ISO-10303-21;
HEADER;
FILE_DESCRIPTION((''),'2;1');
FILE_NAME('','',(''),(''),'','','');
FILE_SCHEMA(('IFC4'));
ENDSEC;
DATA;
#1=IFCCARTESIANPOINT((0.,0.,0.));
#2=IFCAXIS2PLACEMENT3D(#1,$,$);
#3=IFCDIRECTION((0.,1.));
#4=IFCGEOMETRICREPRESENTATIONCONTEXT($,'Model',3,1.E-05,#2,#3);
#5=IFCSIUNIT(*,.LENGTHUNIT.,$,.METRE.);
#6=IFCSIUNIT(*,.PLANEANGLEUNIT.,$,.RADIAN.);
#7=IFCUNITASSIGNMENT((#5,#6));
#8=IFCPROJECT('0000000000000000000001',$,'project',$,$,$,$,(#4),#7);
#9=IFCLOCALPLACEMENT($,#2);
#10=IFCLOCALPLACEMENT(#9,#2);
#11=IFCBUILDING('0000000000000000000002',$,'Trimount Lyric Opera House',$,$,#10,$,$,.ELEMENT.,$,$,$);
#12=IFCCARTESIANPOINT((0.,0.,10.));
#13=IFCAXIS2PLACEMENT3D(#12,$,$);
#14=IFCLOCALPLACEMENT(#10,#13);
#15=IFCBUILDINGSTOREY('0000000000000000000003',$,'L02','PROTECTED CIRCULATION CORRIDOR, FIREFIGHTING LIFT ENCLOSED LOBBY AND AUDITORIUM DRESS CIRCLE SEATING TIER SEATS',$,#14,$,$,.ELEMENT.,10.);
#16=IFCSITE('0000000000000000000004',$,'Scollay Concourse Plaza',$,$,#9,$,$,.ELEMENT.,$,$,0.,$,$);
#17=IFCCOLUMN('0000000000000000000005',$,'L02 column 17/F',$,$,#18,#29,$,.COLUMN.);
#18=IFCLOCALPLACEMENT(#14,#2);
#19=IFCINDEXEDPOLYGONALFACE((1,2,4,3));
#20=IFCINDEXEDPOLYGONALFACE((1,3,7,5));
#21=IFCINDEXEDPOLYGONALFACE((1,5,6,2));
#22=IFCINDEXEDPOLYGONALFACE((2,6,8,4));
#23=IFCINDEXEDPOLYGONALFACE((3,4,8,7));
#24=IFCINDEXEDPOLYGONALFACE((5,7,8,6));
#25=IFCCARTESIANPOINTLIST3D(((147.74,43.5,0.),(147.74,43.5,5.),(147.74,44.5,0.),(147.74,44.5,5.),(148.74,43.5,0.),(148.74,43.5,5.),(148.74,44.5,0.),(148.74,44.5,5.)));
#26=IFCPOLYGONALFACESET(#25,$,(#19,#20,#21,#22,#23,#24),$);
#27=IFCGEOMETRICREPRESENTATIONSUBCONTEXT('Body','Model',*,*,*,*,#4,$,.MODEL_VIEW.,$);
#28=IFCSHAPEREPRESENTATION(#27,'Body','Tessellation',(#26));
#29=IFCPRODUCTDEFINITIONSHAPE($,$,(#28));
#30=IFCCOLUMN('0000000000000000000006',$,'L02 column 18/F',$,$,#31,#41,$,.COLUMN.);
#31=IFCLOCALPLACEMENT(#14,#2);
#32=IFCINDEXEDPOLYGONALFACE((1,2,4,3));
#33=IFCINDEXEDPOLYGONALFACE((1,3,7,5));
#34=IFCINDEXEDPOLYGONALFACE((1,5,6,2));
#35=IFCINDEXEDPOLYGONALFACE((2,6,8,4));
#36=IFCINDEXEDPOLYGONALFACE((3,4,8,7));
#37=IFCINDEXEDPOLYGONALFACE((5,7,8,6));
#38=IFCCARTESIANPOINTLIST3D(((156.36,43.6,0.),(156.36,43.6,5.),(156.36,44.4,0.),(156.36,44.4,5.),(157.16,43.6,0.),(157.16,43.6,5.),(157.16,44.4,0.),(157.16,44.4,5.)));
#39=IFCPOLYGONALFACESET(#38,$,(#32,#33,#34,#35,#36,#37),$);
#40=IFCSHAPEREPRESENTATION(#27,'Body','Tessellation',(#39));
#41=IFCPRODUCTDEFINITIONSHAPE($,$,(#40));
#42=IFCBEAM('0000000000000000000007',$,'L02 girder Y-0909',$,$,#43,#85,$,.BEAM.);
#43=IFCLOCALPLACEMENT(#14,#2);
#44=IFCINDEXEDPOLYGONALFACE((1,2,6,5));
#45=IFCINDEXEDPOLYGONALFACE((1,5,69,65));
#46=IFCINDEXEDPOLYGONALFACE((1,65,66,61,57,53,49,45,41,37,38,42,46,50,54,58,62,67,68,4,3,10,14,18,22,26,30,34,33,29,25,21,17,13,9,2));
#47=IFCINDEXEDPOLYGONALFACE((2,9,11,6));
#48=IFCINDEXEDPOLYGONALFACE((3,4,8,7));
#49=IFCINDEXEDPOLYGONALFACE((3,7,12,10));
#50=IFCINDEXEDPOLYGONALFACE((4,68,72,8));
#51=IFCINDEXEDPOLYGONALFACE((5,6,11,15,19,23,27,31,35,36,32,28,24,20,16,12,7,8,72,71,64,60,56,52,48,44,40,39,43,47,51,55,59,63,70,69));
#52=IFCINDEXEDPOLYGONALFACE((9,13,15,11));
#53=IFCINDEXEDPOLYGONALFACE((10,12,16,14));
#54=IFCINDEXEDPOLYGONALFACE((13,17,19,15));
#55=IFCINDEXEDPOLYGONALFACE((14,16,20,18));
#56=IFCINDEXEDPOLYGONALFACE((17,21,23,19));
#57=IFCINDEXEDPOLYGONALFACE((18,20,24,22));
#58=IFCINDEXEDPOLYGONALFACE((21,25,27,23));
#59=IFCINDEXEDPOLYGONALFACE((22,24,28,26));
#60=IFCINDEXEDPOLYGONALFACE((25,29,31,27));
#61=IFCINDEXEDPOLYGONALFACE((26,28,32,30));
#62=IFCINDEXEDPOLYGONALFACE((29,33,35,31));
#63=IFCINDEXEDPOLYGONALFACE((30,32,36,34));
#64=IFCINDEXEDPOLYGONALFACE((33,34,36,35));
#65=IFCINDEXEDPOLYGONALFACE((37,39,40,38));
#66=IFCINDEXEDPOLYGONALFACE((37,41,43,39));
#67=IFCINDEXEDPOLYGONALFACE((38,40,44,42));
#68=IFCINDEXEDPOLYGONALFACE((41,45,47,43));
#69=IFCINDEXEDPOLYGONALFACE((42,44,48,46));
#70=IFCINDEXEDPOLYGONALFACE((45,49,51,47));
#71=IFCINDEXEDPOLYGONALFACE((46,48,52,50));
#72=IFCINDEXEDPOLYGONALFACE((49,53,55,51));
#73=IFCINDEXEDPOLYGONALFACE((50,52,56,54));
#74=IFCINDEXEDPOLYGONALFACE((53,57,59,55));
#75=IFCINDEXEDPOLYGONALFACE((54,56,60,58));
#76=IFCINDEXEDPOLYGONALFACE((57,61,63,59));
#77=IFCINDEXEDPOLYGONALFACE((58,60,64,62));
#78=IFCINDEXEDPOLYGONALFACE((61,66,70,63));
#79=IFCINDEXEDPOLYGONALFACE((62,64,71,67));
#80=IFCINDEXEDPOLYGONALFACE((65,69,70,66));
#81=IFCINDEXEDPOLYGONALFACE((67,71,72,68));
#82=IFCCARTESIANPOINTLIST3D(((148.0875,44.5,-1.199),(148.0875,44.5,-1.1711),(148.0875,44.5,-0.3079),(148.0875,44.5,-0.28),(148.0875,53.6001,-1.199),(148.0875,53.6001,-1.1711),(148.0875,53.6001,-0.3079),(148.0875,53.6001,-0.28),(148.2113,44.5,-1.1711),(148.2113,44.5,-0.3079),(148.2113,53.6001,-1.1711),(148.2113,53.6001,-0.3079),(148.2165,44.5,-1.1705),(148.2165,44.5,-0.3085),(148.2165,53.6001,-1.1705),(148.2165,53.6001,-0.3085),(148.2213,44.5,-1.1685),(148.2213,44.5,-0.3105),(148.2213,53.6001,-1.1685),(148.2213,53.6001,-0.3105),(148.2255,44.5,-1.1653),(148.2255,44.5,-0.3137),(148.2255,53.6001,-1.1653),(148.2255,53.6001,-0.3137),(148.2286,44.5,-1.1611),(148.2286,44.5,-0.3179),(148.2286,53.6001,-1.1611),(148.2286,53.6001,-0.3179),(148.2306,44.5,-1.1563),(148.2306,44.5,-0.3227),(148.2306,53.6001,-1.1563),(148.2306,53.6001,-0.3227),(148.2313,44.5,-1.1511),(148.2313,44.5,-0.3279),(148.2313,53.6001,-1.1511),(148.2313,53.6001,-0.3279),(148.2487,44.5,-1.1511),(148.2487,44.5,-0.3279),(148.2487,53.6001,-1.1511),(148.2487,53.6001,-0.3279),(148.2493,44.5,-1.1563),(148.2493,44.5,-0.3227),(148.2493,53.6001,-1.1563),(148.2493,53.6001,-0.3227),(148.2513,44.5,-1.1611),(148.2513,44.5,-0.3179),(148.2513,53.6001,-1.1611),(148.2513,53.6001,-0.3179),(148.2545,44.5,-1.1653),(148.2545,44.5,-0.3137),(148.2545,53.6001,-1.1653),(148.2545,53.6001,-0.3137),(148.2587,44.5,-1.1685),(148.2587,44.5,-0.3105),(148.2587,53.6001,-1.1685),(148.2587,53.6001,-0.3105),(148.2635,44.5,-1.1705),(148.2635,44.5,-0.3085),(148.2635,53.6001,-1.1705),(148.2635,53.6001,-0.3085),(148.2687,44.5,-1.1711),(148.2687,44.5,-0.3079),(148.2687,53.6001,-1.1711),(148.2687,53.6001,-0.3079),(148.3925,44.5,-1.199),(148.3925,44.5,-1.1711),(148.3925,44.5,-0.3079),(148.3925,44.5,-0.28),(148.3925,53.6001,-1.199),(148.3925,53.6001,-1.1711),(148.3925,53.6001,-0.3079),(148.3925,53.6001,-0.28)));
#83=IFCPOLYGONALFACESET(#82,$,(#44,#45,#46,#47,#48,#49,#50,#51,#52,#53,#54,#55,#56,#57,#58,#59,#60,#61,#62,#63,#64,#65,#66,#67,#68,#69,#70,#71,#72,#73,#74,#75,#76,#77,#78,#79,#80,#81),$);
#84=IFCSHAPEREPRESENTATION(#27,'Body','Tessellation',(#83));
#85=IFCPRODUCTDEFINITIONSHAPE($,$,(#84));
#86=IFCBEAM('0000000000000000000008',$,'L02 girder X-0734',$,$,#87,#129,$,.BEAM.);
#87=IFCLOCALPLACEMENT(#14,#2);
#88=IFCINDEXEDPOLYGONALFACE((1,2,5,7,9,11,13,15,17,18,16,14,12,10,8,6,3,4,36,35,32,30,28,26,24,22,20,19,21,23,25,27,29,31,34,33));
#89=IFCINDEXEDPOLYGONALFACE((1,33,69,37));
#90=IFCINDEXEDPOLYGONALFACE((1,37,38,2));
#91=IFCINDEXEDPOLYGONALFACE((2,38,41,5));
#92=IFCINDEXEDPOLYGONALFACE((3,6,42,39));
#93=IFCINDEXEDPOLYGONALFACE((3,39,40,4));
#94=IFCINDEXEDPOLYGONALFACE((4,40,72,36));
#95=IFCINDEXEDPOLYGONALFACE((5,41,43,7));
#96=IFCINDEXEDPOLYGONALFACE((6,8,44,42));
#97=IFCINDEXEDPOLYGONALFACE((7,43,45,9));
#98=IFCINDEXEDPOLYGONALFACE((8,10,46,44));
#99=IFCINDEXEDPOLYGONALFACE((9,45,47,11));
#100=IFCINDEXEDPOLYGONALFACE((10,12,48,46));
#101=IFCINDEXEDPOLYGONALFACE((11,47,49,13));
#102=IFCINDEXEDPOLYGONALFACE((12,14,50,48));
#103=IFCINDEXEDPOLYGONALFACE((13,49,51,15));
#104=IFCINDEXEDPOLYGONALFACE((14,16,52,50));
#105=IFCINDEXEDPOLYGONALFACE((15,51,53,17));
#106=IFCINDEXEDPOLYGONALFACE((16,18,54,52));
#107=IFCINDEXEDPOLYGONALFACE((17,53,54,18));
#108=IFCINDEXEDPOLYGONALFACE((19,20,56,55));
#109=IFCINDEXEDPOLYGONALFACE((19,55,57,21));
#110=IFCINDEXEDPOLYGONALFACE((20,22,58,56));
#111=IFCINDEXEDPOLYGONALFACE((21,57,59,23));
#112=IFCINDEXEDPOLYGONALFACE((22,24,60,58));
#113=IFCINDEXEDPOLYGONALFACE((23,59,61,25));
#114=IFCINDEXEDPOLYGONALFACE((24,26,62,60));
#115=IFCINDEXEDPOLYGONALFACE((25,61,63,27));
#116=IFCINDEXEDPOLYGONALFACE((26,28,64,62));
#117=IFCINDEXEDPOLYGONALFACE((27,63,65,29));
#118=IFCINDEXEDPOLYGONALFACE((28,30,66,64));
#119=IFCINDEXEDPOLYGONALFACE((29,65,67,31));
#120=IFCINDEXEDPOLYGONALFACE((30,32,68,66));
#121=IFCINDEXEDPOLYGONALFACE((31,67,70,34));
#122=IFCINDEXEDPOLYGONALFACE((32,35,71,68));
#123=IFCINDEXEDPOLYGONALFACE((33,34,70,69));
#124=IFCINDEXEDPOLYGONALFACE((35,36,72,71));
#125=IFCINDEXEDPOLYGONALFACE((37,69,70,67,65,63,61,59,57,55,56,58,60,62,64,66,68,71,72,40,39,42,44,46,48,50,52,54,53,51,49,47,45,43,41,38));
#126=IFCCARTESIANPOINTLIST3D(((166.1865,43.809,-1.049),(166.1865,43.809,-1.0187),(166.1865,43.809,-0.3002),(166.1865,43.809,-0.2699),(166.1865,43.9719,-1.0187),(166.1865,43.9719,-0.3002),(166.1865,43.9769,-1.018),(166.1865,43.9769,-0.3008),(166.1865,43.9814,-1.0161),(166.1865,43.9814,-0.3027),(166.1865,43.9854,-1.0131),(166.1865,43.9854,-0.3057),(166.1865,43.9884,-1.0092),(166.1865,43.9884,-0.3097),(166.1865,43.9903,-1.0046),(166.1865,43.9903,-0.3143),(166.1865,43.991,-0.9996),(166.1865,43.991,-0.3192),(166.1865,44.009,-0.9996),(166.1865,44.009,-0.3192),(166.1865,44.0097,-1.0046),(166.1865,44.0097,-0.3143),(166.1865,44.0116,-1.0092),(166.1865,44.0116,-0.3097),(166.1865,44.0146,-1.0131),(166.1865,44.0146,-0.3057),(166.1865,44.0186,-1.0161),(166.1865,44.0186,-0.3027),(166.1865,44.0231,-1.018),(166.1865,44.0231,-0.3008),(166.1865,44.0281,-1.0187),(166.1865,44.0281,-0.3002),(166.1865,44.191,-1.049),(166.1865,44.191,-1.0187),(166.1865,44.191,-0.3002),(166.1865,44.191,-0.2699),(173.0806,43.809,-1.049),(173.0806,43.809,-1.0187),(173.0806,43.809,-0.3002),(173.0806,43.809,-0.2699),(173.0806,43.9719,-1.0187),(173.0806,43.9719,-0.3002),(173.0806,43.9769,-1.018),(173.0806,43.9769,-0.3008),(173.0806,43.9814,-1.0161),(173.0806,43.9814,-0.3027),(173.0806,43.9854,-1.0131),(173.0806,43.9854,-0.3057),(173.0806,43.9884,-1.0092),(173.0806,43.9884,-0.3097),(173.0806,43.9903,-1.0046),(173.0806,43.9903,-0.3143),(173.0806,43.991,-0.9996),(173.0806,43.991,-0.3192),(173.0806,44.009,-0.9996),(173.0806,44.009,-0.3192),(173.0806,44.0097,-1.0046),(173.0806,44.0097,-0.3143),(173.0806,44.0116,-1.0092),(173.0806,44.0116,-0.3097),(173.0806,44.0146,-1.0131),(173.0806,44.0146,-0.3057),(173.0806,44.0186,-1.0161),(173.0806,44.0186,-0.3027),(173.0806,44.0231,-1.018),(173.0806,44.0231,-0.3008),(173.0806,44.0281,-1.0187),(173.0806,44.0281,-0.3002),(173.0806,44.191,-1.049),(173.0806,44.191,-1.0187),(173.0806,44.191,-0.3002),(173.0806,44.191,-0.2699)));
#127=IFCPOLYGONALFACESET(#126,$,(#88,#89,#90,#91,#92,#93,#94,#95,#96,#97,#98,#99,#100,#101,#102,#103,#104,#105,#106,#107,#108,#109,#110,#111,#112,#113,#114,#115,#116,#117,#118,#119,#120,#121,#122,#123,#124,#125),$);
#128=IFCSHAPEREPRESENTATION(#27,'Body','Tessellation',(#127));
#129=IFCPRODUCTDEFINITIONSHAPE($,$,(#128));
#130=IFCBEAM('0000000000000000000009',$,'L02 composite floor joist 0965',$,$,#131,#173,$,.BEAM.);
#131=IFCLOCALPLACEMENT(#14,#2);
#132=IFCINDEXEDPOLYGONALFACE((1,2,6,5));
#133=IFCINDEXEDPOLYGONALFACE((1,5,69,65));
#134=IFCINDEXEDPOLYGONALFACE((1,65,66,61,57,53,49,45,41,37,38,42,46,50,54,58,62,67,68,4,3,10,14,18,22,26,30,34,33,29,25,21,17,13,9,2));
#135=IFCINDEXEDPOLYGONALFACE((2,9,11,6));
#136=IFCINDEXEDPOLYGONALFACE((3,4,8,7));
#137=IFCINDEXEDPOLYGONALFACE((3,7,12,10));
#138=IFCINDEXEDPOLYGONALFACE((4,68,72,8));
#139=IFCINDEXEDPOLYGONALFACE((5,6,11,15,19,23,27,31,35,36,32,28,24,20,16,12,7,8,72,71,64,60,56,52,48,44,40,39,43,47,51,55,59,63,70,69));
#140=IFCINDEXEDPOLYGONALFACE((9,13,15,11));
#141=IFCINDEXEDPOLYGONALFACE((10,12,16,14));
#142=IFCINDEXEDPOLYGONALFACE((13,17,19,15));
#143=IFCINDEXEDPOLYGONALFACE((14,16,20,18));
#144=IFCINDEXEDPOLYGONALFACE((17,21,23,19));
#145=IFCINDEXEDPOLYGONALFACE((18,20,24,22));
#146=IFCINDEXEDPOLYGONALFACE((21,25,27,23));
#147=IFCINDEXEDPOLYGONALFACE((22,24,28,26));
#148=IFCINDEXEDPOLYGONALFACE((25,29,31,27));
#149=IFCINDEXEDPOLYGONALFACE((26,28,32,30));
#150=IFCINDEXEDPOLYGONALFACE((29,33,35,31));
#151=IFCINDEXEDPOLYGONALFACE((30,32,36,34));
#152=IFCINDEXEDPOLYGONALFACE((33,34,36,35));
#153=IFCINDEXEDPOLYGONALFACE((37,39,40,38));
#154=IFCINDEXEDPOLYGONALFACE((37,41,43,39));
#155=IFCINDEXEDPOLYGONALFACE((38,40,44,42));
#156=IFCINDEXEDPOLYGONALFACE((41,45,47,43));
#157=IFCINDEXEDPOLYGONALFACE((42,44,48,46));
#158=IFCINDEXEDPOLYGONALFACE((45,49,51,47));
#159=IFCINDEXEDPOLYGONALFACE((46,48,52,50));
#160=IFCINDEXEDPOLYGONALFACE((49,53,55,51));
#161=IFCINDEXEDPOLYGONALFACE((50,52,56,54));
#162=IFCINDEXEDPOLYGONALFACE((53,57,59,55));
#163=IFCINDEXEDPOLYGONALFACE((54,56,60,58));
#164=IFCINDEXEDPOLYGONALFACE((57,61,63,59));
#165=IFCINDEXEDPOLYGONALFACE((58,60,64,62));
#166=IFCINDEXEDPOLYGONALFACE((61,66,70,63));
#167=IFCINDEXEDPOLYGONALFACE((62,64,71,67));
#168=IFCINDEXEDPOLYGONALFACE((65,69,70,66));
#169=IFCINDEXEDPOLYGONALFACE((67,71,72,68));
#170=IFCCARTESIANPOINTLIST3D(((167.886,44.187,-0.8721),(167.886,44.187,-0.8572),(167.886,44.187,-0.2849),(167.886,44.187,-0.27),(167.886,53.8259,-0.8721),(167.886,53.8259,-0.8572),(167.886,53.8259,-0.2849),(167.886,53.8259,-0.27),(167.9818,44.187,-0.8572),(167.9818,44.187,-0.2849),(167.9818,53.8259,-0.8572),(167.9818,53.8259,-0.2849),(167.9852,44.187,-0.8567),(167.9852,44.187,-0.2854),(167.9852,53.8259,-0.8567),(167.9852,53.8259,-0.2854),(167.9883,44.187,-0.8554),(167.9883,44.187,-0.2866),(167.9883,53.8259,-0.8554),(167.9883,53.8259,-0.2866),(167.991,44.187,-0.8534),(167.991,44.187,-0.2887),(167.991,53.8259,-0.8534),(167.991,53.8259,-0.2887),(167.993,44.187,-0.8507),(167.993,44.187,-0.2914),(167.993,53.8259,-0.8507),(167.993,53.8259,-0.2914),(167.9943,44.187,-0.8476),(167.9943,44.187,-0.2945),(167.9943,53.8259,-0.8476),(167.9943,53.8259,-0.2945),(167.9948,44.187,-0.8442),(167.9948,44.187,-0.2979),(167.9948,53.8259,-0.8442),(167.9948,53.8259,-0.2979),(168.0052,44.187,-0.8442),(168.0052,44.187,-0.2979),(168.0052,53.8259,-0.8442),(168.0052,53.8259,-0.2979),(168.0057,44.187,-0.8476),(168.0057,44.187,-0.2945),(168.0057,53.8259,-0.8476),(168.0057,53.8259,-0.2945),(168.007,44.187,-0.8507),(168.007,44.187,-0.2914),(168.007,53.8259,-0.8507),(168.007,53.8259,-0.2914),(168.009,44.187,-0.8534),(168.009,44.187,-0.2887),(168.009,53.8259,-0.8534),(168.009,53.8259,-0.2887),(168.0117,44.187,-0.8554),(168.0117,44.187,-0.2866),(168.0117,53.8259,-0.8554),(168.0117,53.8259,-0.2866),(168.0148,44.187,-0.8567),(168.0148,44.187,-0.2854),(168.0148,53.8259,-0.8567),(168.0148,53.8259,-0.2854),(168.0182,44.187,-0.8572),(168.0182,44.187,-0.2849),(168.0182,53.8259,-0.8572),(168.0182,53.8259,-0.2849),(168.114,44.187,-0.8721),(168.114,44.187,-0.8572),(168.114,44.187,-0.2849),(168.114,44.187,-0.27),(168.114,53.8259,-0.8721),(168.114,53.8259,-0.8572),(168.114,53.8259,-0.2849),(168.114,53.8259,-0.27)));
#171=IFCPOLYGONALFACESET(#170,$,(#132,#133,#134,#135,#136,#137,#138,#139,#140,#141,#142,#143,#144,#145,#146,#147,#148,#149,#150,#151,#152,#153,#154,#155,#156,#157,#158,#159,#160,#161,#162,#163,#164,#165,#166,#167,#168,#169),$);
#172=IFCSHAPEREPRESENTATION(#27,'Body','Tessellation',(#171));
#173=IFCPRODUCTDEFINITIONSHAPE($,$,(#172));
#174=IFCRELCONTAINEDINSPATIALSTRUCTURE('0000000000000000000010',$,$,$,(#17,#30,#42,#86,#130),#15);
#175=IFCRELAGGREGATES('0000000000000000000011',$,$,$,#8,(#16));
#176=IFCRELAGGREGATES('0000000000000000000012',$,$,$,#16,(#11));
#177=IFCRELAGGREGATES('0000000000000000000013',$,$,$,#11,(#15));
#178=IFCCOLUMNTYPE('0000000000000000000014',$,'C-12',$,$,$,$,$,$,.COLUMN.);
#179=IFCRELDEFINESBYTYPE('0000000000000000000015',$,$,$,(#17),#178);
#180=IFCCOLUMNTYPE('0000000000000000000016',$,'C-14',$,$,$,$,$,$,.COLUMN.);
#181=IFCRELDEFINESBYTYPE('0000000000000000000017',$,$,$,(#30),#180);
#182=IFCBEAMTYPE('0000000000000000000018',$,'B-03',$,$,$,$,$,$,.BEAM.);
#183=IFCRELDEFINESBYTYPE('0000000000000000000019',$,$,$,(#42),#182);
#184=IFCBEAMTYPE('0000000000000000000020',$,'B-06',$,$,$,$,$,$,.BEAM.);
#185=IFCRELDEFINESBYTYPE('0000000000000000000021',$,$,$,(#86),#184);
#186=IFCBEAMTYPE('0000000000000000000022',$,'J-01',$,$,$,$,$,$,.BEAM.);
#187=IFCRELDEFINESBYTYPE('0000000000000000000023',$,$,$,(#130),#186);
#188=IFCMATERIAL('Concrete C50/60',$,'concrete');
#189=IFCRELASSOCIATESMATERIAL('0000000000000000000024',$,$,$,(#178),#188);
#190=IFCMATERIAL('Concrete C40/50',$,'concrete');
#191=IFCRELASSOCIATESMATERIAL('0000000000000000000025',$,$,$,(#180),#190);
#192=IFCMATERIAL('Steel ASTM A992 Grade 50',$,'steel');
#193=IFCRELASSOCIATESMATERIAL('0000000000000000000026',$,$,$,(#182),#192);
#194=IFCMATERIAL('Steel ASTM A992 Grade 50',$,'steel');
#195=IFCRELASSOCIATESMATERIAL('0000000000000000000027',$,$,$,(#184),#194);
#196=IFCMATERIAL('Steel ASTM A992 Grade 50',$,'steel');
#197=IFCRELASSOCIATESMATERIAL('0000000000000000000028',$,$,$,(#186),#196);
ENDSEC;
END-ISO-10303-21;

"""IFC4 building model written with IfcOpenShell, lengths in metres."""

from ifc_helpers import new_model, si_unit, direction, frame, origin, origin_2d, place, context, subcontext, project, spatial, rectangle, i_section, extrude, material, material_profile, profile_set, type_object, element, save


model = new_model("IFC4")

# Units and contexts
model_context = context("Model", 3, precision=1e-05, world=origin(), true_north=direction((0.0, 1.0)))
body_context = subcontext(model_context, "Body", "Model", "MODEL_VIEW")
ifc_project = project(units=[si_unit("LENGTHUNIT", "METRE"), si_unit("PLANEANGLEUNIT", "RADIAN")], contexts=[model_context])

# Site, building, storey
site_placement = place(None, origin())
site = spatial("IfcSite", under=ifc_project, at=site_placement, Name="Scollay Concourse Plaza", CompositionType="ELEMENT", RefElevation=0.0)
building_placement = place(site_placement, origin())
building = spatial("IfcBuilding", under=site, at=building_placement, Name="Trimount Lyric Opera House", CompositionType="ELEMENT")
storey_placement = place(building_placement, frame((0.0, 0.0, 10.0)))
storey = spatial("IfcBuildingStorey", under=building, at=storey_placement, Name="L02", Description="PROTECTED CIRCULATION CORRIDOR, FIREFIGHTING LIFT ENCLOSED LOBBY AND AUDITORIUM DRESS CIRCLE SEATING TIER SEATS", CompositionType="ELEMENT", Elevation=10.0)

# Columns
ifc_material_1 = material(Name="Concrete C50/60", Category="concrete")
ifc_material_profile_1 = material_profile(ifc_material_1, rectangle(XDim=1.0, YDim=1.0, at=origin_2d()), Name="RC1000X1000")
ifc_profile_set_1 = profile_set([ifc_material_profile_1], Name="Concrete C50/60")
column_type_1 = type_object("IfcColumnType", Name="C-12", PredefinedType="COLUMN", material=ifc_profile_set_1)
column_1_placement = place(storey_placement, frame((148.24, 44.0, 0.0), z_axis=(0.0, 0.0, 1.0), x_axis=(1.0, 0.0, 0.0)))
element("IfcColumn", 1, at=column_1_placement, inside=storey, type_object=column_type_1, Name="L02 column 17/F", PredefinedType="COLUMN", context=body_context, shape_type="SweptSolid", body=[
    extrude(rectangle(XDim=1.0, YDim=1.0, at=origin_2d()), origin(), (0.0, 0.0, 1.0), 5.0),
])
ifc_material_2 = material(Name="Concrete C40/50", Category="concrete")
ifc_material_profile_2 = material_profile(ifc_material_2, rectangle(XDim=0.8, YDim=0.8, at=origin_2d()), Name="RC800X800")
ifc_profile_set_2 = profile_set([ifc_material_profile_2], Name="Concrete C40/50")
column_type_2 = type_object("IfcColumnType", Name="C-14", PredefinedType="COLUMN", material=ifc_profile_set_2)
column_2_placement = place(storey_placement, frame((156.76, 44.0, 0.0), z_axis=(0.0, 0.0, 1.0), x_axis=(1.0, 0.0, 0.0)))
element("IfcColumn", 2, at=column_2_placement, inside=storey, type_object=column_type_2, Name="L02 column 18/F", PredefinedType="COLUMN", context=body_context, shape_type="SweptSolid", body=[
    extrude(rectangle(XDim=0.8, YDim=0.8, at=origin_2d()), origin(), (0.0, 0.0, 1.0), 5.0),
])

# Beams
ifc_material_3 = material(Name="Steel ASTM A992 Grade 50", Category="steel")
ifc_material_profile_3 = material_profile(ifc_material_3, i_section(OverallWidth=0.3049, OverallDepth=0.9189, WebThickness=0.0173, FlangeThickness=0.0278, FilletRadius=0.02, at=origin_2d()), Name="W36X170")
ifc_profile_set_3 = profile_set([ifc_material_profile_3], Name="Steel ASTM A992 Grade 50")
beam_type_1 = type_object("IfcBeamType", Name="B-03", PredefinedType="BEAM", material=ifc_profile_set_3)
beam_1_placement = place(storey_placement, frame((148.24, 44.5, -0.7395), z_axis=(0.0, 1.0, 0.0), x_axis=(-1.0, 0.0, 0.0)))
element("IfcBeam", 3, at=beam_1_placement, inside=storey, type_object=beam_type_1, Name="L02 girder Y-0909", PredefinedType="BEAM", context=body_context, shape_type="SweptSolid", body=[
    extrude(i_section(OverallWidth=0.3049, OverallDepth=0.9189, WebThickness=0.0173, FlangeThickness=0.0278, FilletRadius=0.02, at=origin_2d()), origin(), (0.0, 0.0, 1.0), 9.1001),
])
ifc_material_4 = material(Name="Steel ASTM A992 Grade 50", Category="steel")
ifc_material_profile_4 = material_profile(ifc_material_4, i_section(OverallWidth=0.3821, OverallDepth=0.7791, WebThickness=0.0181, FlangeThickness=0.0303, FilletRadius=0.019, at=origin_2d()), Name="W30X191")
ifc_profile_set_4 = profile_set([ifc_material_profile_4], Name="Steel ASTM A992 Grade 50")
beam_type_2 = type_object("IfcBeamType", Name="B-06", PredefinedType="BEAM", material=ifc_profile_set_4)
beam_2_placement = place(storey_placement, frame((166.1865, 44.0, -0.6594), z_axis=(1.0, 0.0, 0.0), x_axis=(0.0, 1.0, 0.0)))
element("IfcBeam", 4, at=beam_2_placement, inside=storey, type_object=beam_type_2, Name="L02 girder X-0734", PredefinedType="BEAM", context=body_context, shape_type="SweptSolid", body=[
    extrude(i_section(OverallWidth=0.3821, OverallDepth=0.7791, WebThickness=0.0181, FlangeThickness=0.0303, FilletRadius=0.019, at=origin_2d()), origin(), (0.0, 0.0, 1.0), 6.894),
])
ifc_material_5 = material(Name="Steel ASTM A992 Grade 50", Category="steel")
ifc_material_profile_5 = material_profile(ifc_material_5, i_section(OverallWidth=0.228, OverallDepth=0.6021, WebThickness=0.0105, FlangeThickness=0.0149, FilletRadius=0.0129, at=origin_2d()), Name="W24X68")
ifc_profile_set_5 = profile_set([ifc_material_profile_5], Name="Steel ASTM A992 Grade 50")
beam_type_3 = type_object("IfcBeamType", Name="J-01", PredefinedType="BEAM", material=ifc_profile_set_5)
beam_3_placement = place(storey_placement, frame((168.0, 44.187, -0.571), z_axis=(0.0, 1.0, 0.0), x_axis=(-1.0, 0.0, 0.0)))
element("IfcBeam", 5, at=beam_3_placement, inside=storey, type_object=beam_type_3, Name="L02 composite floor joist 0965", PredefinedType="BEAM", context=body_context, shape_type="SweptSolid", body=[
    extrude(i_section(OverallWidth=0.228, OverallDepth=0.6021, WebThickness=0.0105, FlangeThickness=0.0149, FilletRadius=0.0129, at=origin_2d()), origin(), (0.0, 0.0, 1.0), 9.6389),
])

save(model, "model.ifc")
